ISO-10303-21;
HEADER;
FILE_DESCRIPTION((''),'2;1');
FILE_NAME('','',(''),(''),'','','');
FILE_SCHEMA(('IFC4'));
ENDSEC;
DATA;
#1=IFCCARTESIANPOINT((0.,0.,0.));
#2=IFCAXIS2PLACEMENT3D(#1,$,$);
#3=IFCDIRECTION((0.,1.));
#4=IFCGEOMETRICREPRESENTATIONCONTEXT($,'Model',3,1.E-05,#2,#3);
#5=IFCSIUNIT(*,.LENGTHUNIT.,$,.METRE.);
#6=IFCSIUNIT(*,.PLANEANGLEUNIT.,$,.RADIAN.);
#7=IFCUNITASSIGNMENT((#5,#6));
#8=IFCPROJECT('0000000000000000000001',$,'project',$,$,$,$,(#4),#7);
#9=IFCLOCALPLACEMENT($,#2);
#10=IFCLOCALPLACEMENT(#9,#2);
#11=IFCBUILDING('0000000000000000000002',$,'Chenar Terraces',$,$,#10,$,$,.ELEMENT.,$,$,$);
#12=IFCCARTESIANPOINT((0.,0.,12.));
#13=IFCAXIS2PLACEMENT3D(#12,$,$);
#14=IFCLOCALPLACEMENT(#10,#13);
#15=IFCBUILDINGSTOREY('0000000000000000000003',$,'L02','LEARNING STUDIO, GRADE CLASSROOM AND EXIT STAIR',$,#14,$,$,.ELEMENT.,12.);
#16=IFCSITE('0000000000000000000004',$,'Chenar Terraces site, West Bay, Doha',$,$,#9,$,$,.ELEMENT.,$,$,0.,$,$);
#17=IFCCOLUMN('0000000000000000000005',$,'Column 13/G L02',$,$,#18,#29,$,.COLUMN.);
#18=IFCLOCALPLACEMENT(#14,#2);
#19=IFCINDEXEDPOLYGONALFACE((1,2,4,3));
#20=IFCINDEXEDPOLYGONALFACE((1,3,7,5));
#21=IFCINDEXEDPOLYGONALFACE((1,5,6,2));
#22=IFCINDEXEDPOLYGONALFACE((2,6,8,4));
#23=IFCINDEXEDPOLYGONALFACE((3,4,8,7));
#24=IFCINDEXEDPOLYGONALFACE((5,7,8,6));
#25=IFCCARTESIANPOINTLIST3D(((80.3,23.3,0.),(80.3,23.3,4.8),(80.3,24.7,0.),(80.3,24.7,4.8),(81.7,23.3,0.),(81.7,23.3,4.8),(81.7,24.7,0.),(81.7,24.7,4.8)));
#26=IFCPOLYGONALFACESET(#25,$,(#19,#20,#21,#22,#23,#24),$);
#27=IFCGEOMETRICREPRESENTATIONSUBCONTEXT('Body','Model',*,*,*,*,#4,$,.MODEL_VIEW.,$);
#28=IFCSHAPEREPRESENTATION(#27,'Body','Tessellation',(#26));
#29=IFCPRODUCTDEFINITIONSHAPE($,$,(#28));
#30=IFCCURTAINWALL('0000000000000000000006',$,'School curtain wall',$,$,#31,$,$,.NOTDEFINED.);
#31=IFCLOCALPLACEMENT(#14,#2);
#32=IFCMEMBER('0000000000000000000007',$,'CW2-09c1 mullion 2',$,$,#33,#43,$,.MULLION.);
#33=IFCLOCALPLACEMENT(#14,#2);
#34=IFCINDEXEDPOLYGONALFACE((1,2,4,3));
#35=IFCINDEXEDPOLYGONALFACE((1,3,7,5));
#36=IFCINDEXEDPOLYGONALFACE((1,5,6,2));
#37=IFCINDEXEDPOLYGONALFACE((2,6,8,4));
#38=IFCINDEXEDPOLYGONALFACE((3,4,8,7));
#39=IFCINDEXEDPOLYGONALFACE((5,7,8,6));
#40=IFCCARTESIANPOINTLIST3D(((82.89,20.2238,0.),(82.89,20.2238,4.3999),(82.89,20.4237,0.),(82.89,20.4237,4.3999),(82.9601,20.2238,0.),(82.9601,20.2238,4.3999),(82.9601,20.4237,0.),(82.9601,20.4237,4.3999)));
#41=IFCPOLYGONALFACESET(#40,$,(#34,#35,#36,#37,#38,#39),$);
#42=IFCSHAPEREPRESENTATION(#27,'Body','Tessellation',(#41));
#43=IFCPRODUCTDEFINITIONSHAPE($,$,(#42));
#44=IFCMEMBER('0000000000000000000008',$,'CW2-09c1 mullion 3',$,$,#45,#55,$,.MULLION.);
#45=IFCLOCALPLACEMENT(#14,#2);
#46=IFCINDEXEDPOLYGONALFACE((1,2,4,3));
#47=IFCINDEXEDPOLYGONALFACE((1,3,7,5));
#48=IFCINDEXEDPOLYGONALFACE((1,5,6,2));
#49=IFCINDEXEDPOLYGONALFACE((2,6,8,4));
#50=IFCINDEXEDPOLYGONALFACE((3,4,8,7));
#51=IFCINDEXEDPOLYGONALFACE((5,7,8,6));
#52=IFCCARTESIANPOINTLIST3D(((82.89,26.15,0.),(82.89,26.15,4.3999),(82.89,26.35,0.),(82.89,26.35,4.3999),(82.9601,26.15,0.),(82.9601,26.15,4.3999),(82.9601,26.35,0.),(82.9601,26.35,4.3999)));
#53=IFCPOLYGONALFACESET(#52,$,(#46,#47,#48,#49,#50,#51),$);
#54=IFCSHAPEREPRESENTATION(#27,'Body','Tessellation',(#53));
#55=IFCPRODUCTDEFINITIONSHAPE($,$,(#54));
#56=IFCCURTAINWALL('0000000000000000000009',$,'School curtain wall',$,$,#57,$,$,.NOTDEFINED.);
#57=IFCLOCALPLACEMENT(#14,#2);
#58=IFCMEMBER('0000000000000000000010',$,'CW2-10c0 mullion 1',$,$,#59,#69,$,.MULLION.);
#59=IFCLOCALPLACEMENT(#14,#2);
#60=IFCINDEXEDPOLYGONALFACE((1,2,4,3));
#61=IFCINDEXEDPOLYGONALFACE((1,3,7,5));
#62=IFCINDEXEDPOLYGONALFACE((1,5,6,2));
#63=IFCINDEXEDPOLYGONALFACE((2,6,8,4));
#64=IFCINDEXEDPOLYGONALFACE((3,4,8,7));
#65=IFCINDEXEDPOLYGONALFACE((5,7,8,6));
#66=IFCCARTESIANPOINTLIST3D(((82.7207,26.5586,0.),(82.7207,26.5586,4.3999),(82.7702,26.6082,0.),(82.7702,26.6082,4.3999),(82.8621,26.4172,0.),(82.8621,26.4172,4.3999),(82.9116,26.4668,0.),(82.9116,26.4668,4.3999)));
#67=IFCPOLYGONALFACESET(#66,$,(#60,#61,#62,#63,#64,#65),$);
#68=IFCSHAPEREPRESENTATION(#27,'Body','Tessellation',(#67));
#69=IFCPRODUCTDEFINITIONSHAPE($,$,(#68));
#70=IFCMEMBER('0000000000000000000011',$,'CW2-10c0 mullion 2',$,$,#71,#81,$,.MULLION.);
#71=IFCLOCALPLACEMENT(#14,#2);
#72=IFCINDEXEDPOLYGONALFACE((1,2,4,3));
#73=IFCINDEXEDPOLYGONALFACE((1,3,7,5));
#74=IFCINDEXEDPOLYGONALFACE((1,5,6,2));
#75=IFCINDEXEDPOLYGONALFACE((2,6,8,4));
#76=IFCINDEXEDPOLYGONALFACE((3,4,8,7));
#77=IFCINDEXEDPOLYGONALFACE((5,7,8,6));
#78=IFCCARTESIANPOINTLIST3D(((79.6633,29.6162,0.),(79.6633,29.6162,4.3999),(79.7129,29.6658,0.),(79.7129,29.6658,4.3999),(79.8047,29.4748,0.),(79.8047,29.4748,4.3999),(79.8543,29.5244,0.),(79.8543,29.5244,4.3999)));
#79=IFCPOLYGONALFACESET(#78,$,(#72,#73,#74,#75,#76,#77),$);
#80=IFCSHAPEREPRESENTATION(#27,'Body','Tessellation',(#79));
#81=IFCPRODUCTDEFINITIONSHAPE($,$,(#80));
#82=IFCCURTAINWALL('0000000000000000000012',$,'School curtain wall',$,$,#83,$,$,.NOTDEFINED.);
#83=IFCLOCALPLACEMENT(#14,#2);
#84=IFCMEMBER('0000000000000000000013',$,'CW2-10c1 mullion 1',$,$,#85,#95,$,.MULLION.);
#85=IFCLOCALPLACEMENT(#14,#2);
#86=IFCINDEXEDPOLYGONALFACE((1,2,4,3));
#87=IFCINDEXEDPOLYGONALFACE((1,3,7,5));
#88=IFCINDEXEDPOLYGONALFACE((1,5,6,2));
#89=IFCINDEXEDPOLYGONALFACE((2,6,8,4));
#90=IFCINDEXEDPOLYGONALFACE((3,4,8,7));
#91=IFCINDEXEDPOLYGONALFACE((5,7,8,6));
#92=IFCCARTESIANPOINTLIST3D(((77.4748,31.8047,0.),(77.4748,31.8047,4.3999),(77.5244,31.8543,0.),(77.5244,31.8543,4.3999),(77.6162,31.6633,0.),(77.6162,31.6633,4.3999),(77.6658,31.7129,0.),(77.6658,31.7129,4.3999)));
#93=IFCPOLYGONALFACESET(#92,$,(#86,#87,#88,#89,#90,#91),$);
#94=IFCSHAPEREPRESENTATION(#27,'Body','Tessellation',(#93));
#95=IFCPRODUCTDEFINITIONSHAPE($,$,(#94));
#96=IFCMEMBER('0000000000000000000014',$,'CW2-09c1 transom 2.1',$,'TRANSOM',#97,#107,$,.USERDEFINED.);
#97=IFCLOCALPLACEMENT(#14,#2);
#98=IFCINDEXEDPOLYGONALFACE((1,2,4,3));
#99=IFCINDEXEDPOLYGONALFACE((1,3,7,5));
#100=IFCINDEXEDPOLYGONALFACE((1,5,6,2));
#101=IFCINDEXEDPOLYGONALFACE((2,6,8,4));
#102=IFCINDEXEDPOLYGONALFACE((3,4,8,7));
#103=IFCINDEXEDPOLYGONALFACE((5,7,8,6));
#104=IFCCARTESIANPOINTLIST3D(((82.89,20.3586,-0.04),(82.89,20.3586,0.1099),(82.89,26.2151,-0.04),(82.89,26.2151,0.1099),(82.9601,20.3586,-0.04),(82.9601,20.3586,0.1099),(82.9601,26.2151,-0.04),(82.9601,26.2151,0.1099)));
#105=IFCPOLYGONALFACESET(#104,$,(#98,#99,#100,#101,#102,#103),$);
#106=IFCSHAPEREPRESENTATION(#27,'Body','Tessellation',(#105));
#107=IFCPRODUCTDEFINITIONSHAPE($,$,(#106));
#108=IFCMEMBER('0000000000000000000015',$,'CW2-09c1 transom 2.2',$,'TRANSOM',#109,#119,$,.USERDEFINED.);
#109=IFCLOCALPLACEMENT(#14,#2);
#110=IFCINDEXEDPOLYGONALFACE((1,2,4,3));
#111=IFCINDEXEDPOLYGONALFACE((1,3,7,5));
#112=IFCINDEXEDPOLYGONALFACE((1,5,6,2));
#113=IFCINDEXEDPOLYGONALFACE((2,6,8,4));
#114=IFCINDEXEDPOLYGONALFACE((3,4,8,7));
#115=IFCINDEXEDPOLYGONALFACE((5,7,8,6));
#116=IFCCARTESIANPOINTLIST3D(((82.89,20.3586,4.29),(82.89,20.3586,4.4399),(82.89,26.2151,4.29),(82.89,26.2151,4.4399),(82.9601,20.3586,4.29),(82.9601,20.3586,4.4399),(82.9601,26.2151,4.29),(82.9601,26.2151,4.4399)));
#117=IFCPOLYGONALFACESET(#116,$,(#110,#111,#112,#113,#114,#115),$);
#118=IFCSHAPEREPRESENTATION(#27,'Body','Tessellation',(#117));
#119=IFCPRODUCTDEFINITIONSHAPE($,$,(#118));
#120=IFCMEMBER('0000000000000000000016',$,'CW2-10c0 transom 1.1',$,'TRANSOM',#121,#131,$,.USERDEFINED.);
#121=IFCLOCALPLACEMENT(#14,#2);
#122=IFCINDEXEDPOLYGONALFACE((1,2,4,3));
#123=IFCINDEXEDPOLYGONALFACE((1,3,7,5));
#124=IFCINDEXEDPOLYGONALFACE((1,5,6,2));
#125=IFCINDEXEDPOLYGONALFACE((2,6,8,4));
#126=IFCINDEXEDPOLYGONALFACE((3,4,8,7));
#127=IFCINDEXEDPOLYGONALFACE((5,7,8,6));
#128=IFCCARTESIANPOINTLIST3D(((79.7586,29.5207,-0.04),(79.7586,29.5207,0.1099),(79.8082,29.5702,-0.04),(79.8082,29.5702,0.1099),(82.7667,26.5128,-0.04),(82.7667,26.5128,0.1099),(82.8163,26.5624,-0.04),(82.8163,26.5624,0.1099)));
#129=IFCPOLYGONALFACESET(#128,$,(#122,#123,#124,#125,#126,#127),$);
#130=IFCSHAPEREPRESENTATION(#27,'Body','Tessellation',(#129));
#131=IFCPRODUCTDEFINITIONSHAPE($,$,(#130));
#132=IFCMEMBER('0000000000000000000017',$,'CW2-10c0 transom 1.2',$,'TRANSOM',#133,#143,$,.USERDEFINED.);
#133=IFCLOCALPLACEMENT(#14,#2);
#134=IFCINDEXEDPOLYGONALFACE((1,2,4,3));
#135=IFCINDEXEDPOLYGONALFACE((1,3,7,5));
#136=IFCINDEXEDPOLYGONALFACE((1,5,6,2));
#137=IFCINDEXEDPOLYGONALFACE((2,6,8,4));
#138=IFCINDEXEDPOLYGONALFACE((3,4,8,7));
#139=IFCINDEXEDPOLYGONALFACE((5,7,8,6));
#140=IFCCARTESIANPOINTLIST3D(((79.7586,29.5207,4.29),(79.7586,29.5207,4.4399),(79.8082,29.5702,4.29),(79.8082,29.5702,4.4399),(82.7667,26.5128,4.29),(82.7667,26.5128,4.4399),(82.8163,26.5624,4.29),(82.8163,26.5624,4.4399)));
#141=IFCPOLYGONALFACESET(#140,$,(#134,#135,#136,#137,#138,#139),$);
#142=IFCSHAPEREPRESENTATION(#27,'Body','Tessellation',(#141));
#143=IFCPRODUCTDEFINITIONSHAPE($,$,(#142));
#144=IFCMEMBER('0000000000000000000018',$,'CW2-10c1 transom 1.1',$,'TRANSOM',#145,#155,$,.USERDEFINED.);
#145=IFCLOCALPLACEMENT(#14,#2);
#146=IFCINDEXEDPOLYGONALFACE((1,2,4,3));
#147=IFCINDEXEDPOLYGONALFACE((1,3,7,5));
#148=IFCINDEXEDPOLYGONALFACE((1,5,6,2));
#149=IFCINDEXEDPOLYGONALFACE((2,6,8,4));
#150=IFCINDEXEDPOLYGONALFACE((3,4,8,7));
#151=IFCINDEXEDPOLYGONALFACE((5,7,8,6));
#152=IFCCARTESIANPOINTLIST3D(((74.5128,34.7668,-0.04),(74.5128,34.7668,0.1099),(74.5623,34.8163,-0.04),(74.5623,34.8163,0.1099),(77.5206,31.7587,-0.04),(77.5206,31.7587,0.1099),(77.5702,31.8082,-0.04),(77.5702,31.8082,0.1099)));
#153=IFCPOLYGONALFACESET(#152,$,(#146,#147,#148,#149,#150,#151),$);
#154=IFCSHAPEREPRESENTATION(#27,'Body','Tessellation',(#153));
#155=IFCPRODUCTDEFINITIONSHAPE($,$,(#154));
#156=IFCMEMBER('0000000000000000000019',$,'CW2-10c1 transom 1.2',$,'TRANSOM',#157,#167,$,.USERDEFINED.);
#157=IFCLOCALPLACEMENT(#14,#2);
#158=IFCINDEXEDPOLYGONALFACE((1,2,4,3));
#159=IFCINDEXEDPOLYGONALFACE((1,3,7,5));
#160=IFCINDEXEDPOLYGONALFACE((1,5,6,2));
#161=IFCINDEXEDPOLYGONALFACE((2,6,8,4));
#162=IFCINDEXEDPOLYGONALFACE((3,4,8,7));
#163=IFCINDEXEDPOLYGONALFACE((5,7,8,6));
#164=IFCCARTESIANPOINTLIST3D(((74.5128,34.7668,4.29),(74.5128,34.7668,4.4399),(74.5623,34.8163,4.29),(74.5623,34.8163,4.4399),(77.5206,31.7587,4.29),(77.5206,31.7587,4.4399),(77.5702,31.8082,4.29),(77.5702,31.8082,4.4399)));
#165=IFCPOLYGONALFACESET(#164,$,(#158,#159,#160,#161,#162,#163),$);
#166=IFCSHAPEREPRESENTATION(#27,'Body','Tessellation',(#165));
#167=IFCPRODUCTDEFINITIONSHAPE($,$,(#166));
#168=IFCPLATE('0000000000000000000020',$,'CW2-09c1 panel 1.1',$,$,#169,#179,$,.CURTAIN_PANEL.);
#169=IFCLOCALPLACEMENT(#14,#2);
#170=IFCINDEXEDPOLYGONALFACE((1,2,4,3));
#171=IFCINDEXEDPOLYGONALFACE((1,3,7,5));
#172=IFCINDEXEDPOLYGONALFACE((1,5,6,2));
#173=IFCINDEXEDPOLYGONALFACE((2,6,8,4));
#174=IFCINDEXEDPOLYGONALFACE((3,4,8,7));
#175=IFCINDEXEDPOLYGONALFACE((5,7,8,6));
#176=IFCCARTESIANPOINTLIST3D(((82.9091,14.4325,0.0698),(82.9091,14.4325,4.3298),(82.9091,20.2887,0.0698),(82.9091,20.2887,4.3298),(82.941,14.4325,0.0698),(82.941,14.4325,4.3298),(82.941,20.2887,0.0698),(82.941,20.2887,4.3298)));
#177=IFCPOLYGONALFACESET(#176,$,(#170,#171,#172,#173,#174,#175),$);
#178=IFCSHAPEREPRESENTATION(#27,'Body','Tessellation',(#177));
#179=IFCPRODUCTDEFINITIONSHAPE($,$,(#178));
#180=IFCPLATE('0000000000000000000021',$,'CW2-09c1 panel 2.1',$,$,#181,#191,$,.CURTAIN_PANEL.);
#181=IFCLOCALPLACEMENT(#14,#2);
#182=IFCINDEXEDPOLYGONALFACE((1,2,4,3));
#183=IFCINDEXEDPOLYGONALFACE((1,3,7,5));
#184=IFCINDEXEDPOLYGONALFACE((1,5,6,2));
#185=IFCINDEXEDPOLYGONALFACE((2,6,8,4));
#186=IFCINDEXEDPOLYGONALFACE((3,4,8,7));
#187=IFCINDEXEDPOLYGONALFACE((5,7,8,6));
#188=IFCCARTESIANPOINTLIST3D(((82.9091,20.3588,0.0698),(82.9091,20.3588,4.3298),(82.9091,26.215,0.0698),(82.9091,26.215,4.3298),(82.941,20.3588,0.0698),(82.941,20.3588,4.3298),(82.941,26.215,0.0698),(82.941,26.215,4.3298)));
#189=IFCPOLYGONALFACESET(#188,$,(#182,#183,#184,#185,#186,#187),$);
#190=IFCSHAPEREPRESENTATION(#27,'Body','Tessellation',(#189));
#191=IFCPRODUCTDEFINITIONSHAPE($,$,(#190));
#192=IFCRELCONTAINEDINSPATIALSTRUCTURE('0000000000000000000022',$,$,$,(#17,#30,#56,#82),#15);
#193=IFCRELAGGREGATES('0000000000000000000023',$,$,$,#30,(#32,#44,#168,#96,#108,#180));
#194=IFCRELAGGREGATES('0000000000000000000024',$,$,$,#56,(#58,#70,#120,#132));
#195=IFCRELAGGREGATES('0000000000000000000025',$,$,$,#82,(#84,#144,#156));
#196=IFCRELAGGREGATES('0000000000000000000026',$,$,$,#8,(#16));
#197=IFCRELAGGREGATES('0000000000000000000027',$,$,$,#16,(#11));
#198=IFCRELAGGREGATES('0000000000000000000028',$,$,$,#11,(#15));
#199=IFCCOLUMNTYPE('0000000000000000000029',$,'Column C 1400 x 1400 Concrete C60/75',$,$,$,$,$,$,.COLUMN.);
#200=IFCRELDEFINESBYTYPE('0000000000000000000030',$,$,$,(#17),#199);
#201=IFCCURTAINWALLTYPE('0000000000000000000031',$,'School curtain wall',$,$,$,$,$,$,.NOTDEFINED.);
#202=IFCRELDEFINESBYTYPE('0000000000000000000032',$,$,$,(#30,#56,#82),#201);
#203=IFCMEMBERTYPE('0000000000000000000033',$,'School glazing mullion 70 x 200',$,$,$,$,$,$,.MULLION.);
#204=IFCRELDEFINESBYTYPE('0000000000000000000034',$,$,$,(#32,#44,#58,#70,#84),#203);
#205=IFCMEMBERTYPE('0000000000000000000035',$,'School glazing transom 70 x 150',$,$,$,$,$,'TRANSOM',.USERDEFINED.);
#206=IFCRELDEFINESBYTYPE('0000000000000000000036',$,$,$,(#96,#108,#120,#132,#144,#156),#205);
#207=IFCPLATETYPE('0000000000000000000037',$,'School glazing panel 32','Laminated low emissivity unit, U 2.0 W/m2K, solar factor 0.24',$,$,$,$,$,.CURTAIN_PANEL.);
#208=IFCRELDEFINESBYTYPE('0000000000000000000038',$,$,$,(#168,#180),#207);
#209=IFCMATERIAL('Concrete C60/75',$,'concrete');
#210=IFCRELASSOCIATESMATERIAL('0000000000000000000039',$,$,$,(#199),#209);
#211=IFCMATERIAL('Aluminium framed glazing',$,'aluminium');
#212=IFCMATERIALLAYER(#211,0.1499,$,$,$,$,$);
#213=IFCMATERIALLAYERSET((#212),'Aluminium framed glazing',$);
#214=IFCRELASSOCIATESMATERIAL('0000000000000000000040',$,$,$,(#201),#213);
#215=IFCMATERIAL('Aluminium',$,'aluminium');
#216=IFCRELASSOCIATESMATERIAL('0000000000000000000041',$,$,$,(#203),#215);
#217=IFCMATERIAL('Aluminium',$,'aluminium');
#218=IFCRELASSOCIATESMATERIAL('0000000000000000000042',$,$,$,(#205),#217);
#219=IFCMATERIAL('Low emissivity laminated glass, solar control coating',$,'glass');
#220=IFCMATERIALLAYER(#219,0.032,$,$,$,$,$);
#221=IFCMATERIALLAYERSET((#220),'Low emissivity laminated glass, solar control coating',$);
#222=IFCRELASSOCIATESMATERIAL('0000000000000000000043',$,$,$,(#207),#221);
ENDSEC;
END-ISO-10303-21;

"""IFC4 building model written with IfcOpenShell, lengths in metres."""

from ifc_helpers import new_model, si_unit, direction, frame, origin, origin_2d, place, context, subcontext, project, spatial, rectangle, extrude, material, layer, layer_set, material_profile, profile_set, type_object, element, aggregate, save


model = new_model("IFC4")

# Units and contexts
model_context = context("Model", 3, precision=1e-05, world=origin(), true_north=direction((0.0, 1.0)))
body_context = subcontext(model_context, "Body", "Model", "MODEL_VIEW")
ifc_project = project(units=[si_unit("LENGTHUNIT", "METRE"), si_unit("PLANEANGLEUNIT", "RADIAN")], contexts=[model_context])

# Site, building, storey
site_placement = place(None, origin())
site = spatial("IfcSite", under=ifc_project, at=site_placement, Name="Chenar Terraces site, West Bay, Doha", CompositionType="ELEMENT", RefElevation=0.0)
building_placement = place(site_placement, origin())
building = spatial("IfcBuilding", under=site, at=building_placement, Name="Chenar Terraces", CompositionType="ELEMENT")
storey_placement = place(building_placement, frame((0.0, 0.0, 12.0)))
storey = spatial("IfcBuildingStorey", under=building, at=storey_placement, Name="L02", Description="LEARNING STUDIO, GRADE CLASSROOM AND EXIT STAIR", CompositionType="ELEMENT", Elevation=12.0)

# Column
ifc_material_1 = material(Name="Concrete C60/75", Category="concrete")
ifc_material_profile_1 = material_profile(ifc_material_1, rectangle(XDim=1.3999, YDim=1.3999, at=origin_2d()), Name="C 1400 x 1400")
ifc_profile_set_1 = profile_set([ifc_material_profile_1], Name="Concrete C60/75")
column_type = type_object("IfcColumnType", Name="Column C 1400 x 1400 Concrete C60/75", PredefinedType="COLUMN", material=ifc_profile_set_1)
column_placement = place(storey_placement, frame((81.0, 24.0, 0.0), z_axis=(0.0, 0.0, 1.0), x_axis=(1.0, 0.0, 0.0)))
element("IfcColumn", 1, at=column_placement, inside=storey, type_object=column_type, Name="Column 13/G L02", PredefinedType="COLUMN", context=body_context, shape_type="SweptSolid", body=[
    extrude(rectangle(XDim=1.3999, YDim=1.3999, at=origin_2d()), origin(), (0.0, 0.0, 1.0), 4.8),
])

# Curtain walls, members
ifc_material_2 = material(Name="Aluminium framed glazing", Category="aluminium")
ifc_layer_1 = layer(ifc_material_2, 0.1499)
ifc_layer_set_1 = layer_set([ifc_layer_1], Name="Aluminium framed glazing")
curtain_wall_type = type_object("IfcCurtainWallType", Name="School curtain wall", PredefinedType="NOTDEFINED", material=ifc_layer_set_1)
placement = place(storey_placement, origin())
curtain_wall_1 = element("IfcCurtainWall", 2, at=placement, inside=storey, type_object=curtain_wall_type, Name="School curtain wall", PredefinedType="NOTDEFINED")
ifc_material_3 = material(Name="Aluminium", Category="aluminium")
ifc_material_profile_2 = material_profile(ifc_material_3, rectangle(XDim=0.0701, YDim=0.2, at=origin_2d()), Name="School glazing mullion 70 x 200")
ifc_profile_set_2 = profile_set([ifc_material_profile_2], Name="Aluminium")
member_type_1 = type_object("IfcMemberType", Name="School glazing mullion 70 x 200", PredefinedType="MULLION", material=ifc_profile_set_2)
member_1_placement = place(storey_placement, frame((82.925, 20.3237, 0.0), z_axis=(0.0, 0.0, 1.0), x_axis=(-1.0, 0.0, 0.0)))
member_1 = element("IfcMember", 3, at=member_1_placement, type_object=member_type_1, Name="CW2-09c1 mullion 2", PredefinedType="MULLION", context=body_context, shape_type="SweptSolid", body=[
    extrude(rectangle(XDim=0.0701, YDim=0.2, at=origin_2d()), origin(), (0.0, 0.0, 1.0), 4.3999),
])
member_2_placement = place(storey_placement, frame((82.925, 26.25, 0.0), z_axis=(0.0, 0.0, 1.0), x_axis=(-1.0, 0.0, 0.0)))
member_2 = element("IfcMember", 4, at=member_2_placement, type_object=member_type_1, Name="CW2-09c1 mullion 3", PredefinedType="MULLION", context=body_context, shape_type="SweptSolid", body=[
    extrude(rectangle(XDim=0.0701, YDim=0.2, at=origin_2d()), origin(), (0.0, 0.0, 1.0), 4.3999),
])
curtain_wall_2 = element("IfcCurtainWall", 5, at=placement, inside=storey, type_object=curtain_wall_type, Name="School curtain wall", PredefinedType="NOTDEFINED")
member_3_placement = place(storey_placement, frame((82.8162, 26.5127, 0.0), z_axis=(0.0, 0.0, 1.0), x_axis=(-0.707107, -0.707107, 0.0)))
member_3 = element("IfcMember", 6, at=member_3_placement, type_object=member_type_1, Name="CW2-10c0 mullion 1", PredefinedType="MULLION", context=body_context, shape_type="SweptSolid", body=[
    extrude(rectangle(XDim=0.0701, YDim=0.2, at=origin_2d()), origin(), (0.0, 0.0, 1.0), 4.3999),
])
member_4_placement = place(storey_placement, frame((79.7588, 29.5703, 0.0), z_axis=(0.0, 0.0, 1.0), x_axis=(-0.707107, -0.707107, 0.0)))
member_4 = element("IfcMember", 7, at=member_4_placement, type_object=member_type_1, Name="CW2-10c0 mullion 2", PredefinedType="MULLION", context=body_context, shape_type="SweptSolid", body=[
    extrude(rectangle(XDim=0.0701, YDim=0.2, at=origin_2d()), origin(), (0.0, 0.0, 1.0), 4.3999),
])

# Curtain wall, member
curtain_wall_3 = element("IfcCurtainWall", 8, at=placement, inside=storey, type_object=curtain_wall_type, Name="School curtain wall", PredefinedType="NOTDEFINED")
member_5_placement = place(storey_placement, frame((77.5703, 31.7588, 0.0), z_axis=(0.0, 0.0, 1.0), x_axis=(-0.707107, -0.707107, 0.0)))
member_5 = element("IfcMember", 9, at=member_5_placement, type_object=member_type_1, Name="CW2-10c1 mullion 1", PredefinedType="MULLION", context=body_context, shape_type="SweptSolid", body=[
    extrude(rectangle(XDim=0.0701, YDim=0.2, at=origin_2d()), origin(), (0.0, 0.0, 1.0), 4.3999),
])

# Members
ifc_material_4 = material(Name="Aluminium", Category="aluminium")
ifc_material_profile_3 = material_profile(ifc_material_4, rectangle(XDim=0.0701, YDim=0.1499, at=origin_2d()), Name="School glazing transom 70 x 150")
ifc_profile_set_3 = profile_set([ifc_material_profile_3], Name="Aluminium")
member_type_2 = type_object("IfcMemberType", Name="School glazing transom 70 x 150", ElementType="TRANSOM", PredefinedType="USERDEFINED", material=ifc_profile_set_3)
member_6_placement = place(storey_placement, frame((82.925, 20.3586, 0.0349), z_axis=(0.0, 1.0, 0.0), x_axis=(-1.0, 0.0, 0.0)))
member_6 = element("IfcMember", 10, at=member_6_placement, type_object=member_type_2, Name="CW2-09c1 transom 2.1", ObjectType="TRANSOM", PredefinedType="USERDEFINED", context=body_context, shape_type="SweptSolid", body=[
    extrude(rectangle(XDim=0.0701, YDim=0.1499, at=origin_2d()), origin(), (0.0, 0.0, 1.0), 5.8564),
])
member_7_placement = place(storey_placement, frame((82.925, 20.3586, 4.365), z_axis=(0.0, 1.0, 0.0), x_axis=(-1.0, 0.0, 0.0)))
member_7 = element("IfcMember", 11, at=member_7_placement, type_object=member_type_2, Name="CW2-09c1 transom 2.2", ObjectType="TRANSOM", PredefinedType="USERDEFINED", context=body_context, shape_type="SweptSolid", body=[
    extrude(rectangle(XDim=0.0701, YDim=0.1499, at=origin_2d()), origin(), (0.0, 0.0, 1.0), 5.8564),
])
member_8_placement = place(storey_placement, frame((82.7915, 26.5376, 0.0349), z_axis=(-0.707135, 0.707078, 0.0), x_axis=(-0.707078, -0.707135, 0.0)))
member_8 = element("IfcMember", 12, at=member_8_placement, type_object=member_type_2, Name="CW2-10c0 transom 1.1", ObjectType="TRANSOM", PredefinedType="USERDEFINED", context=body_context, shape_type="SweptSolid", body=[
    extrude(rectangle(XDim=0.0701, YDim=0.1499, at=origin_2d()), origin(), (0.0, 0.0, 1.0), 4.2539),
])
member_9_placement = place(storey_placement, frame((82.7915, 26.5376, 4.365), z_axis=(-0.707135, 0.707078, 0.0), x_axis=(-0.707078, -0.707135, 0.0)))
member_9 = element("IfcMember", 13, at=member_9_placement, type_object=member_type_2, Name="CW2-10c0 transom 1.2", ObjectType="TRANSOM", PredefinedType="USERDEFINED", context=body_context, shape_type="SweptSolid", body=[
    extrude(rectangle(XDim=0.0701, YDim=0.1499, at=origin_2d()), origin(), (0.0, 0.0, 1.0), 4.2539),
])
member_10_placement = place(storey_placement, frame((77.5454, 31.7834, 0.0349), z_axis=(-0.707078, 0.707135, 0.0), x_axis=(-0.707135, -0.707078, 0.0)))
member_10 = element("IfcMember", 14, at=member_10_placement, type_object=member_type_2, Name="CW2-10c1 transom 1.1", ObjectType="TRANSOM", PredefinedType="USERDEFINED", context=body_context, shape_type="SweptSolid", body=[
    extrude(rectangle(XDim=0.0701, YDim=0.1499, at=origin_2d()), origin(), (0.0, 0.0, 1.0), 4.2539),
])
member_11_placement = place(storey_placement, frame((77.5454, 31.7834, 4.365), z_axis=(-0.707078, 0.707135, 0.0), x_axis=(-0.707135, -0.707078, 0.0)))
member_11 = element("IfcMember", 15, at=member_11_placement, type_object=member_type_2, Name="CW2-10c1 transom 1.2", ObjectType="TRANSOM", PredefinedType="USERDEFINED", context=body_context, shape_type="SweptSolid", body=[
    extrude(rectangle(XDim=0.0701, YDim=0.1499, at=origin_2d()), origin(), (0.0, 0.0, 1.0), 4.2539),
])

# Plates
ifc_material_5 = material(Name="Low emissivity laminated glass, solar control coating", Category="glass")
ifc_layer_2 = layer(ifc_material_5, 0.032)
ifc_layer_set_2 = layer_set([ifc_layer_2], Name="Low emissivity laminated glass, solar control coating")
plate_type = type_object("IfcPlateType", Name="School glazing panel 32", Description="Laminated low emissivity unit, U 2.0 W/m2K, solar factor 0.24", PredefinedType="CURTAIN_PANEL", material=ifc_layer_set_2)
plate_1_placement = place(storey_placement, frame((82.925, 17.3606, 0.0698), z_axis=(0.0, 0.0, 1.0), x_axis=(0.0, 1.0, 0.0)))
plate_1 = element("IfcPlate", 16, at=plate_1_placement, type_object=plate_type, Name="CW2-09c1 panel 1.1", PredefinedType="CURTAIN_PANEL", context=body_context, shape_type="SweptSolid", body=[
    extrude(rectangle(XDim=5.8562, YDim=0.032, at=origin_2d()), origin(), (0.0, 0.0, 1.0), 4.26),
])
plate_2_placement = place(storey_placement, frame((82.925, 23.2869, 0.0698), z_axis=(0.0, 0.0, 1.0), x_axis=(0.0, 1.0, 0.0)))
plate_2 = element("IfcPlate", 17, at=plate_2_placement, type_object=plate_type, Name="CW2-09c1 panel 2.1", PredefinedType="CURTAIN_PANEL", context=body_context, shape_type="SweptSolid", body=[
    extrude(rectangle(XDim=5.8562, YDim=0.032, at=origin_2d()), origin(), (0.0, 0.0, 1.0), 4.26),
])
aggregate(curtain_wall_1, [member_1, member_2, plate_1, member_6, member_7, plate_2])
aggregate(curtain_wall_2, [member_3, member_4, member_8, member_9])
aggregate(curtain_wall_3, [member_5, member_10, member_11])

save(model, "model.ifc")
